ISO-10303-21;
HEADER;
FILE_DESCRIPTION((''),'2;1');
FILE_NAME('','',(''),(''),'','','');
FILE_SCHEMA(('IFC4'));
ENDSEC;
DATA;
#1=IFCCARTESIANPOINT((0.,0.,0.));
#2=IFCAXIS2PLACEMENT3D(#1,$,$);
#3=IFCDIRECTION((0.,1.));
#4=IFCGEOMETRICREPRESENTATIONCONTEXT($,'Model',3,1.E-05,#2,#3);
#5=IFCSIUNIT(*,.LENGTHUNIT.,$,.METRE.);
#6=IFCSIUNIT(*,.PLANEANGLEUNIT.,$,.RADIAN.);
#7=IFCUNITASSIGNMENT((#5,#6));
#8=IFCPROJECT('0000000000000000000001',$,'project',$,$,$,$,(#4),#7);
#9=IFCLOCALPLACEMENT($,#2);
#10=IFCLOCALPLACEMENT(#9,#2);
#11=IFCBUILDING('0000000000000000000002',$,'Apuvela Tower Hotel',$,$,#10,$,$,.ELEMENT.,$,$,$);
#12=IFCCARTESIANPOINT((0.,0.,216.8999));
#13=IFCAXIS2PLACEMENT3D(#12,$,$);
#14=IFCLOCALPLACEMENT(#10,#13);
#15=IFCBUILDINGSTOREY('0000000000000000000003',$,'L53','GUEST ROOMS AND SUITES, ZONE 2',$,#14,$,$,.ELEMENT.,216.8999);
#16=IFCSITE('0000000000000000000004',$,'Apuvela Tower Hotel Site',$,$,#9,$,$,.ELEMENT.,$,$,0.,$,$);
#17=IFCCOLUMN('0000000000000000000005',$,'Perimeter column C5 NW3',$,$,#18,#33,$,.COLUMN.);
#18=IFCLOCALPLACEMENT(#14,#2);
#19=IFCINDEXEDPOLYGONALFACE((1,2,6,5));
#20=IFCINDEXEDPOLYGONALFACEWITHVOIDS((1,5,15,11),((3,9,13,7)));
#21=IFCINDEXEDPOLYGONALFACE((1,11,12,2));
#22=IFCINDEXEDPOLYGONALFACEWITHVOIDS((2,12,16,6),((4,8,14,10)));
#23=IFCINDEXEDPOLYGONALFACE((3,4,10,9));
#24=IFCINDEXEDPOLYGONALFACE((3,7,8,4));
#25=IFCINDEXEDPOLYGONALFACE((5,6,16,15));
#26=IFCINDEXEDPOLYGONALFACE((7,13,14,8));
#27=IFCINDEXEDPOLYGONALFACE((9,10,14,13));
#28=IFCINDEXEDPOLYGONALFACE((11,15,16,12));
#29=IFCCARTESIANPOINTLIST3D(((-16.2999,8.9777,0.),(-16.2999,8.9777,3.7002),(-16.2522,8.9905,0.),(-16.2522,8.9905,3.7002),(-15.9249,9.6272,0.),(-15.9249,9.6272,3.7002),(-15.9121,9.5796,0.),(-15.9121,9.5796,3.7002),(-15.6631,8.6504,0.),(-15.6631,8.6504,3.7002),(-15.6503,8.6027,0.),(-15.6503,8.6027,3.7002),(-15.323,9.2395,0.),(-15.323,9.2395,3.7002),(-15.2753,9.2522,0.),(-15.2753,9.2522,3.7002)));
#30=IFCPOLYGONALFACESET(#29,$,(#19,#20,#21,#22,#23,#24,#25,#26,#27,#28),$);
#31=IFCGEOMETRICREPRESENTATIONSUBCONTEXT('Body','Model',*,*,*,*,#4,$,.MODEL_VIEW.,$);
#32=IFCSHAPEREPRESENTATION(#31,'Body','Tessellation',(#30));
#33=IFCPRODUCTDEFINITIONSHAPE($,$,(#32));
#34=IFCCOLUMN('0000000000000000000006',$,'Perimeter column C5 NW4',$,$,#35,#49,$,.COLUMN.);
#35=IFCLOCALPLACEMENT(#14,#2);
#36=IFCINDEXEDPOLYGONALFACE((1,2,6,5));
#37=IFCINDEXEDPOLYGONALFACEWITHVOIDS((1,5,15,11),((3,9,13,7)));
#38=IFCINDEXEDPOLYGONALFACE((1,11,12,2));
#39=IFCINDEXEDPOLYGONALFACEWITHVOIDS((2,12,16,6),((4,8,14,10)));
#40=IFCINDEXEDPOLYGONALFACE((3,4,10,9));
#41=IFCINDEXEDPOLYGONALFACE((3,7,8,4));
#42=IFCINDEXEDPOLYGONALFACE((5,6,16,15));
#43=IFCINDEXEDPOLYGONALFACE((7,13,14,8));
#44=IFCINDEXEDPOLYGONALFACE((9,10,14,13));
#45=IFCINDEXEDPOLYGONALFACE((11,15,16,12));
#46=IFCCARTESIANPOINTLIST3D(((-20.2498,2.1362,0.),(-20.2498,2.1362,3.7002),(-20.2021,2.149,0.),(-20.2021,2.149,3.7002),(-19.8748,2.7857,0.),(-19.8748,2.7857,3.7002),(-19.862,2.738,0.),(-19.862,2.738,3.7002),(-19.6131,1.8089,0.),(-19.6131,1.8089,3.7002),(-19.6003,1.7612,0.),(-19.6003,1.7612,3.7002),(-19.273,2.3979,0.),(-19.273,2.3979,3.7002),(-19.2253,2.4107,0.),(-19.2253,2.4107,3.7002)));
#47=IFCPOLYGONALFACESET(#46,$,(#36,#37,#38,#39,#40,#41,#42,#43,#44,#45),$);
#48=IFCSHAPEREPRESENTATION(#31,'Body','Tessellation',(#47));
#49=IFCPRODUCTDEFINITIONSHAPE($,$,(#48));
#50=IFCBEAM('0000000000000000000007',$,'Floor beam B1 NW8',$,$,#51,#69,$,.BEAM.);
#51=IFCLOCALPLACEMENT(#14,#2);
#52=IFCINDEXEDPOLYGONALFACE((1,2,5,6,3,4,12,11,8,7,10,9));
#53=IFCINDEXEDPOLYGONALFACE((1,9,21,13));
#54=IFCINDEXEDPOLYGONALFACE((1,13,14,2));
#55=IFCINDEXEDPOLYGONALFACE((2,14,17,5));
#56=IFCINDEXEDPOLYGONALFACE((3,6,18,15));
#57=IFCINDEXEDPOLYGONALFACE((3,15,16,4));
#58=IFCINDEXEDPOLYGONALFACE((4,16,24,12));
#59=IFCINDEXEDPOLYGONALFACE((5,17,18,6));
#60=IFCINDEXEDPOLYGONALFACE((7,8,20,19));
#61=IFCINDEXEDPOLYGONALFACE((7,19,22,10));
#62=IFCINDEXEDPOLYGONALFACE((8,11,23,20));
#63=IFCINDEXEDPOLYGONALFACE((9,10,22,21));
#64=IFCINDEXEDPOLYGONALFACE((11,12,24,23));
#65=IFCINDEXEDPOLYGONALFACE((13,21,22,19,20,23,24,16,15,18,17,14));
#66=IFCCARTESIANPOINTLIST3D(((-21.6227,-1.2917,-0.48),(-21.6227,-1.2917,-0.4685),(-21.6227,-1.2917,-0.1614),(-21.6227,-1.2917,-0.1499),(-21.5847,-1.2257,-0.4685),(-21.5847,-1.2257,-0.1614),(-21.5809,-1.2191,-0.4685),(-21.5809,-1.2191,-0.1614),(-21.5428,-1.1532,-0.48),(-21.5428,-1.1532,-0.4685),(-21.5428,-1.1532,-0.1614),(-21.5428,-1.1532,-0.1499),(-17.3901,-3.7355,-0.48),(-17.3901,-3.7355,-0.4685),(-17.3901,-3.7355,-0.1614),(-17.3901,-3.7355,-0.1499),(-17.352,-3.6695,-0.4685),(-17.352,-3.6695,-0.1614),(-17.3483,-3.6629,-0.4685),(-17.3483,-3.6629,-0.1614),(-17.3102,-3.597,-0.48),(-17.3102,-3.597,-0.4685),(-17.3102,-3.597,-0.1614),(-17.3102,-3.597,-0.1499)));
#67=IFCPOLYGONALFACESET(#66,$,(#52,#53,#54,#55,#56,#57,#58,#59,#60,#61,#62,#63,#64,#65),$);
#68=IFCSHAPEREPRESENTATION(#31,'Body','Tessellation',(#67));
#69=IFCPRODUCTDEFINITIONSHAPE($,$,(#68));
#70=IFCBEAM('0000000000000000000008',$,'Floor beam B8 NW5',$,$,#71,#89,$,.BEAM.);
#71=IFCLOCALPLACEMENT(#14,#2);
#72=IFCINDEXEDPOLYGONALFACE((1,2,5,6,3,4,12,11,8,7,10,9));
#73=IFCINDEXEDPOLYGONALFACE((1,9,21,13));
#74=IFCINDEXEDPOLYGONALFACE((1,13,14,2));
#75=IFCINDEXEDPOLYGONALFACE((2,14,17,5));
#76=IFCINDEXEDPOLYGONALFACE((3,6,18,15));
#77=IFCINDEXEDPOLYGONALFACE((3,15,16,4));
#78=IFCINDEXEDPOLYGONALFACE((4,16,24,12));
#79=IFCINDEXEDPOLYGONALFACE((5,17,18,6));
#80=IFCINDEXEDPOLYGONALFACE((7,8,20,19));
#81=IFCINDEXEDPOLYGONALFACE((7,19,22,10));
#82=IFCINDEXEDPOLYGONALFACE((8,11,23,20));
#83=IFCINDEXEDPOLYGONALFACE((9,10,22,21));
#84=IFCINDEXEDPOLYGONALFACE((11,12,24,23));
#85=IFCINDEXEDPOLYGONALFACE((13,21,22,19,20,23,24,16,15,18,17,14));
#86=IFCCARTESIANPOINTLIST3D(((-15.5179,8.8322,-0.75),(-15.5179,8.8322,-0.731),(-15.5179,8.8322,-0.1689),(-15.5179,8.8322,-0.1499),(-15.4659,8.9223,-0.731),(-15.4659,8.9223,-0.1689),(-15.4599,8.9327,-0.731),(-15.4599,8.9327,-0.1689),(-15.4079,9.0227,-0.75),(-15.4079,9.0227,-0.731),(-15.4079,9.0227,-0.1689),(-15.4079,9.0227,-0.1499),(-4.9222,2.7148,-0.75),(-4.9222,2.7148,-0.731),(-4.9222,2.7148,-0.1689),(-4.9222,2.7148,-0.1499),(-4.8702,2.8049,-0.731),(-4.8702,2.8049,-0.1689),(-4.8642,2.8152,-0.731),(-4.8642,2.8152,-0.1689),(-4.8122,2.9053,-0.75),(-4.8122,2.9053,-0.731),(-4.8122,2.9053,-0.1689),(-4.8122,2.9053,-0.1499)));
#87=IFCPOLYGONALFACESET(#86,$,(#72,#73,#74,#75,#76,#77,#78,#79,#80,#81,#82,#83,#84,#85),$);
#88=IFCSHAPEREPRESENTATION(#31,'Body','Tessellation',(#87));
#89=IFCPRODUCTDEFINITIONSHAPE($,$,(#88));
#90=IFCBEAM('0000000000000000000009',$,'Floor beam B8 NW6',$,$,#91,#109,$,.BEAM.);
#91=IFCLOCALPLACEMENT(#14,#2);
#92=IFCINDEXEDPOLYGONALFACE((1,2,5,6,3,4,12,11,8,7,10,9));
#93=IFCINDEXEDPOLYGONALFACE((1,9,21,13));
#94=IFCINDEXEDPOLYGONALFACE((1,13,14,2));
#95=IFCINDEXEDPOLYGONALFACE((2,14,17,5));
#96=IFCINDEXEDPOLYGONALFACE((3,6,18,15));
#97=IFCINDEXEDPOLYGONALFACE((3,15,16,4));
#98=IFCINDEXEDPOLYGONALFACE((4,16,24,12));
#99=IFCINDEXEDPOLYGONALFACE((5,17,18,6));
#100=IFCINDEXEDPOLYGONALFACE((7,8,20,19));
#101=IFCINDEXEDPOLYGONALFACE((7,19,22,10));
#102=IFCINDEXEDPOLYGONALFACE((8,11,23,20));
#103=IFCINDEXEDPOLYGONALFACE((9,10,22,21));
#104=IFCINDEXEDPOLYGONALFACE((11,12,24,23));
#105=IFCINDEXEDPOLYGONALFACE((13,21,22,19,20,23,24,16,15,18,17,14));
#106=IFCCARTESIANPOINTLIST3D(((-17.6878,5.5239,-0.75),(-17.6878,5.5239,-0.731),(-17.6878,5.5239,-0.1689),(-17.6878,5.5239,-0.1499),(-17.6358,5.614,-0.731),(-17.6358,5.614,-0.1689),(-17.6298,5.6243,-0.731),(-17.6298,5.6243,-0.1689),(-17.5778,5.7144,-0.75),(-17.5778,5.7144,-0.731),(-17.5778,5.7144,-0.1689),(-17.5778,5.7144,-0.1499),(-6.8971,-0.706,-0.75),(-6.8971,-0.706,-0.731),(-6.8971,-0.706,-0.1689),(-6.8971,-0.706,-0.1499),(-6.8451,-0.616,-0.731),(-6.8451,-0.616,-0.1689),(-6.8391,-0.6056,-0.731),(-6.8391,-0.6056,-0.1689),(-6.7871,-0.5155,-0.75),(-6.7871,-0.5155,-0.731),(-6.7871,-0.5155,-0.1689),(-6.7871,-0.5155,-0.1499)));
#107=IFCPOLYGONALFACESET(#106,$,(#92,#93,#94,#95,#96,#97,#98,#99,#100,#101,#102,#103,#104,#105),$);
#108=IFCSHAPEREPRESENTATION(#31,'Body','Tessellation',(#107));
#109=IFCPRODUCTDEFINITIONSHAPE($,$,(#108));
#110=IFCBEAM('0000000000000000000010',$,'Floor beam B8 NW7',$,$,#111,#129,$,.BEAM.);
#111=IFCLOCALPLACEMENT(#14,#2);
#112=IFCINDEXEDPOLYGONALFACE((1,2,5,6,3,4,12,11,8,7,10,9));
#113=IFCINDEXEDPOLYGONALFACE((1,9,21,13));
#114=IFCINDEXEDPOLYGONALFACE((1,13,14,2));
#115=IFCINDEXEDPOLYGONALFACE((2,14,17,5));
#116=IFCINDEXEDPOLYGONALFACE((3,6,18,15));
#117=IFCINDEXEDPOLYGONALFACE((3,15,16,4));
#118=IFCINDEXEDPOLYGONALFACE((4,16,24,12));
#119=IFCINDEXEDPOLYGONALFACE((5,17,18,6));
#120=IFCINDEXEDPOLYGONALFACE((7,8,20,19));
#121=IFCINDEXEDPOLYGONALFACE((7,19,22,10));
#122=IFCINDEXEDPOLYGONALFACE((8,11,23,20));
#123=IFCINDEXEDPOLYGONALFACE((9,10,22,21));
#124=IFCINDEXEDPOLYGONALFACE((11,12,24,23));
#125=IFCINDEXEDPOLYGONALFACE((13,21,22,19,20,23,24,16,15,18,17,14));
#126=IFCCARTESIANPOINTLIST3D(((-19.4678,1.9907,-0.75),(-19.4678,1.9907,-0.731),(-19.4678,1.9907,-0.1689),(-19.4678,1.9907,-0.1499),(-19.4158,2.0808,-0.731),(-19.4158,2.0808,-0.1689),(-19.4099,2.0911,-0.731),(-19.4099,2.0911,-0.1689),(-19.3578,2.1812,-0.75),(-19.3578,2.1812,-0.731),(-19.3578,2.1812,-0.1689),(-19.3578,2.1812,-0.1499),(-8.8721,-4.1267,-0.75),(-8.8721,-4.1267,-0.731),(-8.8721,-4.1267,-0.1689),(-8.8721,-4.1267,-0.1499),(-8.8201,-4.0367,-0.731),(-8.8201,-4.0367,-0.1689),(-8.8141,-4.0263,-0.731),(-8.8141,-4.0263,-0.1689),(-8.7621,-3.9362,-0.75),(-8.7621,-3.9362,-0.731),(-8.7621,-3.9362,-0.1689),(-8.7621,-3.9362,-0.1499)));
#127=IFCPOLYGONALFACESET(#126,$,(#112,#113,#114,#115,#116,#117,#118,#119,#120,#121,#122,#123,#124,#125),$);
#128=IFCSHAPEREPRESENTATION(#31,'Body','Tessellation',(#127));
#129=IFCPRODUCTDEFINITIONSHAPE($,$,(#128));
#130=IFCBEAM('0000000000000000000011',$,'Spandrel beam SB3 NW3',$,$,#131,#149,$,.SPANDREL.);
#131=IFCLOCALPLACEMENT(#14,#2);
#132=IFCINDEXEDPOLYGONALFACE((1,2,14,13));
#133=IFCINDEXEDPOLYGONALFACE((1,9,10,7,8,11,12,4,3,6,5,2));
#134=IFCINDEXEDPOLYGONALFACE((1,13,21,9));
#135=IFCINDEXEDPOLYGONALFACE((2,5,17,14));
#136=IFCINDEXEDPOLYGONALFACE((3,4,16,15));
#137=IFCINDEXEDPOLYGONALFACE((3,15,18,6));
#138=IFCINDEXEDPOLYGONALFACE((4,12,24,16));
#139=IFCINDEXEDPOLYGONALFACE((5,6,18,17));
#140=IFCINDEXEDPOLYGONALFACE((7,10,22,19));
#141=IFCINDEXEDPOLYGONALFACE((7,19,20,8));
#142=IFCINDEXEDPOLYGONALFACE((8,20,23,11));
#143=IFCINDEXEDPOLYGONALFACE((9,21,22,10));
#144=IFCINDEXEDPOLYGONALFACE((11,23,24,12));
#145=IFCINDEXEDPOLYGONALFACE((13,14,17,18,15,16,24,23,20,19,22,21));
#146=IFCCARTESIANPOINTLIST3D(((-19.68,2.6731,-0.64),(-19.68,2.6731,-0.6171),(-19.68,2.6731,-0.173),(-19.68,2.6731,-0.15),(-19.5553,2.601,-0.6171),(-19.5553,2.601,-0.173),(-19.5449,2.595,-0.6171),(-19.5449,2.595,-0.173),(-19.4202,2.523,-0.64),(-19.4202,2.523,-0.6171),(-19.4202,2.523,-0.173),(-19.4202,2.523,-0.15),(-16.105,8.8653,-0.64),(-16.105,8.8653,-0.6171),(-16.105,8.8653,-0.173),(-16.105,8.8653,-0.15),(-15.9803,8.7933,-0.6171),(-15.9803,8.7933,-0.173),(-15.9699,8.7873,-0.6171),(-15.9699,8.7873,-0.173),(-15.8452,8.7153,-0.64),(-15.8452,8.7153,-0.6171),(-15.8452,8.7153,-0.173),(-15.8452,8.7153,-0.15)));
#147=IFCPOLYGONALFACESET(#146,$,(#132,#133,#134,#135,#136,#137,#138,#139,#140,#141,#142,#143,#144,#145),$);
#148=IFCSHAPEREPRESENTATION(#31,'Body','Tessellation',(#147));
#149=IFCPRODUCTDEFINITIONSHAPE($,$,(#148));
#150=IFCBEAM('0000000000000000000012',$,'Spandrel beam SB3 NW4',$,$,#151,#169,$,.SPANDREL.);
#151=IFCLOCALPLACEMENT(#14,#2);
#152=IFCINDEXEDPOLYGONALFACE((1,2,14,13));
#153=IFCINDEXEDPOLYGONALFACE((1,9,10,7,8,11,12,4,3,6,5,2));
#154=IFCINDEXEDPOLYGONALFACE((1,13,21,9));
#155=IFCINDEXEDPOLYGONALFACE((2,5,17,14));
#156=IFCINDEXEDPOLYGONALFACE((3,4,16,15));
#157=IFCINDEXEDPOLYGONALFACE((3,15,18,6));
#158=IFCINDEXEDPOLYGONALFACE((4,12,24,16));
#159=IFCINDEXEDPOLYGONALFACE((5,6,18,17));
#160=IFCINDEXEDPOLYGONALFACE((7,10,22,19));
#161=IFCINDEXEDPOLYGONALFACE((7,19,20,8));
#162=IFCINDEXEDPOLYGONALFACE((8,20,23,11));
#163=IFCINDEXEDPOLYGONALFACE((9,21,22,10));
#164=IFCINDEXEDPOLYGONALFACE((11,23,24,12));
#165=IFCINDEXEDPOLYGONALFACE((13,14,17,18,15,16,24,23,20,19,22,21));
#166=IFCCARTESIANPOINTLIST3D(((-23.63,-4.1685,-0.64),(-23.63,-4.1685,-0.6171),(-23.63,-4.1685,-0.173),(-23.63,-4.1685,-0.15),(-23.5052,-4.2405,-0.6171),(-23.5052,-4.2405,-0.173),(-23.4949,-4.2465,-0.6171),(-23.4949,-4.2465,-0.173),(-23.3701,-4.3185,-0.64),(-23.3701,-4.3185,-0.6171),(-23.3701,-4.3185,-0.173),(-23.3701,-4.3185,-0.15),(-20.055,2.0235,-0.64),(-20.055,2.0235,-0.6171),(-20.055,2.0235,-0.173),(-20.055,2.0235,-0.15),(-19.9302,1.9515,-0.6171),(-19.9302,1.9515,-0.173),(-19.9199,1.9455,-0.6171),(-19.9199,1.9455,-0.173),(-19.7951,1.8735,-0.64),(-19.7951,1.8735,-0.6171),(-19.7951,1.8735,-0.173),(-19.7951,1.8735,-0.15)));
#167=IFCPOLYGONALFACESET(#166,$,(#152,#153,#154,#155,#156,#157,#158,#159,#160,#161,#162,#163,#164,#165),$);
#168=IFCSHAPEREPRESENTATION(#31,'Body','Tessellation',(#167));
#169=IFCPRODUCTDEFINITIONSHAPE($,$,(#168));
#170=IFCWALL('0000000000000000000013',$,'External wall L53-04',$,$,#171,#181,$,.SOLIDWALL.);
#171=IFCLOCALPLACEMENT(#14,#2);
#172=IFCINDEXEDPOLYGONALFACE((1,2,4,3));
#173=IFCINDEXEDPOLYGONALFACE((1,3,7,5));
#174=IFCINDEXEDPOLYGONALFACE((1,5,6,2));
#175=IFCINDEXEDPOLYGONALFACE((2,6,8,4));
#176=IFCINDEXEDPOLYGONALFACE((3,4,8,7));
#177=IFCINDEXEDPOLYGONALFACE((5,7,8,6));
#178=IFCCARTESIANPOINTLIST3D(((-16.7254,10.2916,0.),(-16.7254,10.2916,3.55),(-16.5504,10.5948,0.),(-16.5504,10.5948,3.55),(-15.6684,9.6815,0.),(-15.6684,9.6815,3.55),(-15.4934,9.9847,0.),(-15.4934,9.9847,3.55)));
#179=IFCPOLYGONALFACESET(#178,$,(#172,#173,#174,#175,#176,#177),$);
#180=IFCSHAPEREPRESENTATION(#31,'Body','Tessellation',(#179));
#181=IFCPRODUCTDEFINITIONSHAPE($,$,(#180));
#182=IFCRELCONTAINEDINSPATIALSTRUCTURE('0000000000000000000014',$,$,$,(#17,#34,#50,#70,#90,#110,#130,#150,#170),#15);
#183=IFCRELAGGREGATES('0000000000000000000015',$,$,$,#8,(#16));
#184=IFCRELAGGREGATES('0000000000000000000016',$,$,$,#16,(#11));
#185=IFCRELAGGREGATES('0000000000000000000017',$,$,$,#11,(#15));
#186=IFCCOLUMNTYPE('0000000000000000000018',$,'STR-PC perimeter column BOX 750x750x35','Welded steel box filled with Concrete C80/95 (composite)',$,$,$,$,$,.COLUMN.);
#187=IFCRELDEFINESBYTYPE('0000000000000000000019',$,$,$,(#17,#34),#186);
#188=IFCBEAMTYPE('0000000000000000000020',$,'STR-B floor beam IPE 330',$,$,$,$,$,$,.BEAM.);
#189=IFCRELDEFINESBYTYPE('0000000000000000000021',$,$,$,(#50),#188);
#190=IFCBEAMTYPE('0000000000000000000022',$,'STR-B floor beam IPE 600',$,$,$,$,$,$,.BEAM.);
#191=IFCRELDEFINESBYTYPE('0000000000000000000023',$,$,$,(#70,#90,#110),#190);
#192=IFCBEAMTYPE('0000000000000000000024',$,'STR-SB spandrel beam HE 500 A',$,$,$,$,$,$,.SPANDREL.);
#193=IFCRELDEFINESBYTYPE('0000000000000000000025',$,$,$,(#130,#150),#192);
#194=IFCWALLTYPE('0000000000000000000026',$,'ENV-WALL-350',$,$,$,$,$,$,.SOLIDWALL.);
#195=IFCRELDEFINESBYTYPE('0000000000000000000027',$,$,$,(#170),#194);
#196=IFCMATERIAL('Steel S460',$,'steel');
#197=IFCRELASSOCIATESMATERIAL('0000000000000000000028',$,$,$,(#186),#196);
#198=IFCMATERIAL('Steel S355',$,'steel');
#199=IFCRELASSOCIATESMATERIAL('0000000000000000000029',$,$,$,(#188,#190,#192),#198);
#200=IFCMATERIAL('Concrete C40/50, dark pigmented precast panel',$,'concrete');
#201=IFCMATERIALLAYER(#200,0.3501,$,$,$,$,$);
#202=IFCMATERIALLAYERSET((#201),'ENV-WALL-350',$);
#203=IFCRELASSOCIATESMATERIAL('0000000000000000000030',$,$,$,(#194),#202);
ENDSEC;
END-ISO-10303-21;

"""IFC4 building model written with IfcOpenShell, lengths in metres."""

from ifc_helpers import new_model, si_unit, direction, frame, frame_2d, origin, origin_2d, place, context, subcontext, project, spatial, rectangle, hollow_rectangle, i_section, extrude, material, layer, layer_set, material_profile, profile_set, type_object, element, save


model = new_model("IFC4")

# Units and contexts
model_context = context("Model", 3, precision=1e-05, world=origin(), true_north=direction((0.0, 1.0)))
body_context = subcontext(model_context, "Body", "Model", "MODEL_VIEW")
ifc_project = project(units=[si_unit("LENGTHUNIT", "METRE"), si_unit("PLANEANGLEUNIT", "RADIAN")], contexts=[model_context])

# Site, building, storey
site_placement = place(None, origin())
site = spatial("IfcSite", under=ifc_project, at=site_placement, Name="Apuvela Tower Hotel Site", CompositionType="ELEMENT", RefElevation=0.0)
building_placement = place(site_placement, origin())
building = spatial("IfcBuilding", under=site, at=building_placement, Name="Apuvela Tower Hotel", CompositionType="ELEMENT")
storey_placement = place(building_placement, frame((0.0, 0.0, 216.8999)))
storey = spatial("IfcBuildingStorey", under=building, at=storey_placement, Name="L53", Description="GUEST ROOMS AND SUITES, ZONE 2", CompositionType="ELEMENT", Elevation=216.8999)

# Columns
ifc_material_1 = material(Name="Steel S460", Category="steel")
ifc_material_profile_1 = material_profile(ifc_material_1, hollow_rectangle(XDim=0.75, YDim=0.75, WallThickness=0.0349, at=origin_2d()), Name="BOX 750x750x35")
ifc_material_2 = material(Name="Concrete C80/95", Category="concrete")
ifc_material_profile_2 = material_profile(ifc_material_2, rectangle(XDim=0.6799, YDim=0.6799, at=origin_2d()), Name="Concrete C80/95 infill")
ifc_profile_set_1 = profile_set([ifc_material_profile_1, ifc_material_profile_2], Name="Steel S460")
column_type = type_object("IfcColumnType", Name="STR-PC perimeter column BOX 750x750x35", Description="Welded steel box filled with Concrete C80/95 (composite)", PredefinedType="COLUMN", material=ifc_profile_set_1)
for number, where, z_axis, x_axis, name in (
    (1, (-15.7876, 9.115, 0.0), (0.0, 0.0, 1.0), (0.5, 0.866025, 0.0), "Perimeter column C5 NW3"),
    (2, (-19.7375, 2.2734, 0.0), (0.0, 0.0, 1.0), (0.5, 0.866025, 0.0), "Perimeter column C5 NW4"),
):
    element("IfcColumn", number, at=place(storey_placement, frame(where, z_axis=z_axis, x_axis=x_axis)), inside=storey, type_object=column_type, Name=name, PredefinedType="COLUMN", context=body_context, shape_type="SweptSolid", body=[
        extrude(hollow_rectangle(XDim=0.75, YDim=0.75, WallThickness=0.0349, at=origin_2d()), origin(), (0.0, 0.0, 1.0), 3.7002),
    ])

# Beams
ifc_material_3 = material(Name="Steel S355", Category="steel")
ifc_material_profile_3 = material_profile(ifc_material_3, i_section(OverallWidth=0.1599, OverallDepth=0.3301, WebThickness=0.0076, FlangeThickness=0.0115, at=origin_2d()), Name="IPE 330")
ifc_profile_set_2 = profile_set([ifc_material_profile_3], Name="Steel S355")
beam_type_1 = type_object("IfcBeamType", Name="STR-B floor beam IPE 330", PredefinedType="BEAM", material=ifc_profile_set_2)
beam_1_placement = place(storey_placement, frame((-21.5828, -1.2224, -0.3149), z_axis=(0.866015, -0.500018, 0.0), x_axis=(0.500018, 0.866015, 0.0)))
element("IfcBeam", 3, at=beam_1_placement, inside=storey, type_object=beam_type_1, Name="Floor beam B1 NW8", PredefinedType="BEAM", context=body_context, shape_type="SweptSolid", body=[
    extrude(i_section(OverallWidth=0.1599, OverallDepth=0.3301, WebThickness=0.0076, FlangeThickness=0.0115, at=origin_2d()), origin(), (0.0, 0.0, 1.0), 4.8875),
])
ifc_material_profile_4 = material_profile(ifc_material_3, i_section(OverallWidth=0.22, OverallDepth=0.6001, WebThickness=0.012, FlangeThickness=0.019, at=origin_2d()), Name="IPE 600")
ifc_profile_set_3 = profile_set([ifc_material_profile_4], Name="Steel S355")
beam_type_2 = type_object("IfcBeamType", Name="STR-B floor beam IPE 600", PredefinedType="BEAM", material=ifc_profile_set_3)
beam_2_placement = place(storey_placement, frame((-15.4629, 8.9275, -0.45), z_axis=(0.866025, -0.5, 0.0), x_axis=(0.5, 0.866025, 0.0)))
element("IfcBeam", 4, at=beam_2_placement, inside=storey, type_object=beam_type_2, Name="Floor beam B8 NW5", PredefinedType="BEAM", context=body_context, shape_type="SweptSolid", body=[
    extrude(i_section(OverallWidth=0.22, OverallDepth=0.6001, WebThickness=0.012, FlangeThickness=0.019, at=origin_2d()), origin(), (0.0, 0.0, 1.0), 12.2349),
])
beam_3_placement = place(storey_placement, frame((-17.6328, 5.6191, -0.45), z_axis=(0.866028, -0.499996, 0.0), x_axis=(0.499996, 0.866028, 0.0)))
element("IfcBeam", 5, at=beam_3_placement, inside=storey, type_object=beam_type_2, Name="Floor beam B8 NW6", PredefinedType="BEAM", context=body_context, shape_type="SweptSolid", body=[
    extrude(i_section(OverallWidth=0.22, OverallDepth=0.6001, WebThickness=0.012, FlangeThickness=0.019, at=origin_2d()), origin(), (0.0, 0.0, 1.0), 12.46),
])
beam_4_placement = place(storey_placement, frame((-19.4128, 2.0859, -0.45), z_axis=(0.866025, -0.5, 0.0), x_axis=(0.5, 0.866025, 0.0)))
element("IfcBeam", 6, at=beam_4_placement, inside=storey, type_object=beam_type_2, Name="Floor beam B8 NW7", PredefinedType="BEAM", context=body_context, shape_type="SweptSolid", body=[
    extrude(i_section(OverallWidth=0.22, OverallDepth=0.6001, WebThickness=0.012, FlangeThickness=0.019, at=origin_2d()), origin(), (0.0, 0.0, 1.0), 12.2349),
])
ifc_material_profile_5 = material_profile(ifc_material_3, i_section(OverallWidth=0.3, OverallDepth=0.49, WebThickness=0.012, FlangeThickness=0.0229, at=origin_2d()), Name="HE 500 A")
ifc_profile_set_4 = profile_set([ifc_material_profile_5], Name="Steel S355")
beam_type_3 = type_object("IfcBeamType", Name="STR-SB spandrel beam HE 500 A", PredefinedType="SPANDREL", material=ifc_profile_set_4)
beam_5_placement = place(storey_placement, frame((-15.9751, 8.7903, -0.395), z_axis=(-0.499991, -0.86603, 0.0), x_axis=(0.86603, -0.499991, 0.0)))
element("IfcBeam", 7, at=beam_5_placement, inside=storey, type_object=beam_type_3, Name="Spandrel beam SB3 NW3", PredefinedType="SPANDREL", context=body_context, shape_type="SweptSolid", body=[
    extrude(i_section(OverallWidth=0.3, OverallDepth=0.49, WebThickness=0.012, FlangeThickness=0.0229, at=origin_2d()), origin(), (0.0, 0.0, 1.0), 7.1501),
])
beam_6_placement = place(storey_placement, frame((-19.925, 1.9485, -0.395), z_axis=(-0.500006, -0.866022, 0.0), x_axis=(0.866022, -0.500006, 0.0)))
element("IfcBeam", 8, at=beam_6_placement, inside=storey, type_object=beam_type_3, Name="Spandrel beam SB3 NW4", PredefinedType="SPANDREL", context=body_context, shape_type="SweptSolid", body=[
    extrude(i_section(OverallWidth=0.3, OverallDepth=0.49, WebThickness=0.012, FlangeThickness=0.0229, at=origin_2d()), origin(), (0.0, 0.0, 1.0), 7.1499),
])

# Wall
ifc_material_4 = material(Name="Concrete C40/50, dark pigmented precast panel", Category="concrete")
ifc_layer_1 = layer(ifc_material_4, 0.3501)
ifc_layer_set_1 = layer_set([ifc_layer_1], Name="ENV-WALL-350")
wall_type_1 = type_object("IfcWallType", Name="ENV-WALL-350", PredefinedType="SOLIDWALL", material=ifc_layer_set_1)
wall_1_placement = place(storey_placement, frame((-15.5808, 9.833, 0.0), z_axis=(0.0, 0.0, 1.0), x_axis=(-0.866056, 0.499948, 0.0)))
element("IfcWall", 9, at=wall_1_placement, inside=storey, type_object=wall_type_1, Name="External wall L53-04", PredefinedType="SOLIDWALL", context=body_context, shape_type="SweptSolid", body=[
    extrude(rectangle(XDim=1.2205, YDim=0.3501, at=frame_2d((0.6104, 0.0))), origin(), (0.0, 0.0, 1.0), 3.55),
])

save(model, "model.ifc")
